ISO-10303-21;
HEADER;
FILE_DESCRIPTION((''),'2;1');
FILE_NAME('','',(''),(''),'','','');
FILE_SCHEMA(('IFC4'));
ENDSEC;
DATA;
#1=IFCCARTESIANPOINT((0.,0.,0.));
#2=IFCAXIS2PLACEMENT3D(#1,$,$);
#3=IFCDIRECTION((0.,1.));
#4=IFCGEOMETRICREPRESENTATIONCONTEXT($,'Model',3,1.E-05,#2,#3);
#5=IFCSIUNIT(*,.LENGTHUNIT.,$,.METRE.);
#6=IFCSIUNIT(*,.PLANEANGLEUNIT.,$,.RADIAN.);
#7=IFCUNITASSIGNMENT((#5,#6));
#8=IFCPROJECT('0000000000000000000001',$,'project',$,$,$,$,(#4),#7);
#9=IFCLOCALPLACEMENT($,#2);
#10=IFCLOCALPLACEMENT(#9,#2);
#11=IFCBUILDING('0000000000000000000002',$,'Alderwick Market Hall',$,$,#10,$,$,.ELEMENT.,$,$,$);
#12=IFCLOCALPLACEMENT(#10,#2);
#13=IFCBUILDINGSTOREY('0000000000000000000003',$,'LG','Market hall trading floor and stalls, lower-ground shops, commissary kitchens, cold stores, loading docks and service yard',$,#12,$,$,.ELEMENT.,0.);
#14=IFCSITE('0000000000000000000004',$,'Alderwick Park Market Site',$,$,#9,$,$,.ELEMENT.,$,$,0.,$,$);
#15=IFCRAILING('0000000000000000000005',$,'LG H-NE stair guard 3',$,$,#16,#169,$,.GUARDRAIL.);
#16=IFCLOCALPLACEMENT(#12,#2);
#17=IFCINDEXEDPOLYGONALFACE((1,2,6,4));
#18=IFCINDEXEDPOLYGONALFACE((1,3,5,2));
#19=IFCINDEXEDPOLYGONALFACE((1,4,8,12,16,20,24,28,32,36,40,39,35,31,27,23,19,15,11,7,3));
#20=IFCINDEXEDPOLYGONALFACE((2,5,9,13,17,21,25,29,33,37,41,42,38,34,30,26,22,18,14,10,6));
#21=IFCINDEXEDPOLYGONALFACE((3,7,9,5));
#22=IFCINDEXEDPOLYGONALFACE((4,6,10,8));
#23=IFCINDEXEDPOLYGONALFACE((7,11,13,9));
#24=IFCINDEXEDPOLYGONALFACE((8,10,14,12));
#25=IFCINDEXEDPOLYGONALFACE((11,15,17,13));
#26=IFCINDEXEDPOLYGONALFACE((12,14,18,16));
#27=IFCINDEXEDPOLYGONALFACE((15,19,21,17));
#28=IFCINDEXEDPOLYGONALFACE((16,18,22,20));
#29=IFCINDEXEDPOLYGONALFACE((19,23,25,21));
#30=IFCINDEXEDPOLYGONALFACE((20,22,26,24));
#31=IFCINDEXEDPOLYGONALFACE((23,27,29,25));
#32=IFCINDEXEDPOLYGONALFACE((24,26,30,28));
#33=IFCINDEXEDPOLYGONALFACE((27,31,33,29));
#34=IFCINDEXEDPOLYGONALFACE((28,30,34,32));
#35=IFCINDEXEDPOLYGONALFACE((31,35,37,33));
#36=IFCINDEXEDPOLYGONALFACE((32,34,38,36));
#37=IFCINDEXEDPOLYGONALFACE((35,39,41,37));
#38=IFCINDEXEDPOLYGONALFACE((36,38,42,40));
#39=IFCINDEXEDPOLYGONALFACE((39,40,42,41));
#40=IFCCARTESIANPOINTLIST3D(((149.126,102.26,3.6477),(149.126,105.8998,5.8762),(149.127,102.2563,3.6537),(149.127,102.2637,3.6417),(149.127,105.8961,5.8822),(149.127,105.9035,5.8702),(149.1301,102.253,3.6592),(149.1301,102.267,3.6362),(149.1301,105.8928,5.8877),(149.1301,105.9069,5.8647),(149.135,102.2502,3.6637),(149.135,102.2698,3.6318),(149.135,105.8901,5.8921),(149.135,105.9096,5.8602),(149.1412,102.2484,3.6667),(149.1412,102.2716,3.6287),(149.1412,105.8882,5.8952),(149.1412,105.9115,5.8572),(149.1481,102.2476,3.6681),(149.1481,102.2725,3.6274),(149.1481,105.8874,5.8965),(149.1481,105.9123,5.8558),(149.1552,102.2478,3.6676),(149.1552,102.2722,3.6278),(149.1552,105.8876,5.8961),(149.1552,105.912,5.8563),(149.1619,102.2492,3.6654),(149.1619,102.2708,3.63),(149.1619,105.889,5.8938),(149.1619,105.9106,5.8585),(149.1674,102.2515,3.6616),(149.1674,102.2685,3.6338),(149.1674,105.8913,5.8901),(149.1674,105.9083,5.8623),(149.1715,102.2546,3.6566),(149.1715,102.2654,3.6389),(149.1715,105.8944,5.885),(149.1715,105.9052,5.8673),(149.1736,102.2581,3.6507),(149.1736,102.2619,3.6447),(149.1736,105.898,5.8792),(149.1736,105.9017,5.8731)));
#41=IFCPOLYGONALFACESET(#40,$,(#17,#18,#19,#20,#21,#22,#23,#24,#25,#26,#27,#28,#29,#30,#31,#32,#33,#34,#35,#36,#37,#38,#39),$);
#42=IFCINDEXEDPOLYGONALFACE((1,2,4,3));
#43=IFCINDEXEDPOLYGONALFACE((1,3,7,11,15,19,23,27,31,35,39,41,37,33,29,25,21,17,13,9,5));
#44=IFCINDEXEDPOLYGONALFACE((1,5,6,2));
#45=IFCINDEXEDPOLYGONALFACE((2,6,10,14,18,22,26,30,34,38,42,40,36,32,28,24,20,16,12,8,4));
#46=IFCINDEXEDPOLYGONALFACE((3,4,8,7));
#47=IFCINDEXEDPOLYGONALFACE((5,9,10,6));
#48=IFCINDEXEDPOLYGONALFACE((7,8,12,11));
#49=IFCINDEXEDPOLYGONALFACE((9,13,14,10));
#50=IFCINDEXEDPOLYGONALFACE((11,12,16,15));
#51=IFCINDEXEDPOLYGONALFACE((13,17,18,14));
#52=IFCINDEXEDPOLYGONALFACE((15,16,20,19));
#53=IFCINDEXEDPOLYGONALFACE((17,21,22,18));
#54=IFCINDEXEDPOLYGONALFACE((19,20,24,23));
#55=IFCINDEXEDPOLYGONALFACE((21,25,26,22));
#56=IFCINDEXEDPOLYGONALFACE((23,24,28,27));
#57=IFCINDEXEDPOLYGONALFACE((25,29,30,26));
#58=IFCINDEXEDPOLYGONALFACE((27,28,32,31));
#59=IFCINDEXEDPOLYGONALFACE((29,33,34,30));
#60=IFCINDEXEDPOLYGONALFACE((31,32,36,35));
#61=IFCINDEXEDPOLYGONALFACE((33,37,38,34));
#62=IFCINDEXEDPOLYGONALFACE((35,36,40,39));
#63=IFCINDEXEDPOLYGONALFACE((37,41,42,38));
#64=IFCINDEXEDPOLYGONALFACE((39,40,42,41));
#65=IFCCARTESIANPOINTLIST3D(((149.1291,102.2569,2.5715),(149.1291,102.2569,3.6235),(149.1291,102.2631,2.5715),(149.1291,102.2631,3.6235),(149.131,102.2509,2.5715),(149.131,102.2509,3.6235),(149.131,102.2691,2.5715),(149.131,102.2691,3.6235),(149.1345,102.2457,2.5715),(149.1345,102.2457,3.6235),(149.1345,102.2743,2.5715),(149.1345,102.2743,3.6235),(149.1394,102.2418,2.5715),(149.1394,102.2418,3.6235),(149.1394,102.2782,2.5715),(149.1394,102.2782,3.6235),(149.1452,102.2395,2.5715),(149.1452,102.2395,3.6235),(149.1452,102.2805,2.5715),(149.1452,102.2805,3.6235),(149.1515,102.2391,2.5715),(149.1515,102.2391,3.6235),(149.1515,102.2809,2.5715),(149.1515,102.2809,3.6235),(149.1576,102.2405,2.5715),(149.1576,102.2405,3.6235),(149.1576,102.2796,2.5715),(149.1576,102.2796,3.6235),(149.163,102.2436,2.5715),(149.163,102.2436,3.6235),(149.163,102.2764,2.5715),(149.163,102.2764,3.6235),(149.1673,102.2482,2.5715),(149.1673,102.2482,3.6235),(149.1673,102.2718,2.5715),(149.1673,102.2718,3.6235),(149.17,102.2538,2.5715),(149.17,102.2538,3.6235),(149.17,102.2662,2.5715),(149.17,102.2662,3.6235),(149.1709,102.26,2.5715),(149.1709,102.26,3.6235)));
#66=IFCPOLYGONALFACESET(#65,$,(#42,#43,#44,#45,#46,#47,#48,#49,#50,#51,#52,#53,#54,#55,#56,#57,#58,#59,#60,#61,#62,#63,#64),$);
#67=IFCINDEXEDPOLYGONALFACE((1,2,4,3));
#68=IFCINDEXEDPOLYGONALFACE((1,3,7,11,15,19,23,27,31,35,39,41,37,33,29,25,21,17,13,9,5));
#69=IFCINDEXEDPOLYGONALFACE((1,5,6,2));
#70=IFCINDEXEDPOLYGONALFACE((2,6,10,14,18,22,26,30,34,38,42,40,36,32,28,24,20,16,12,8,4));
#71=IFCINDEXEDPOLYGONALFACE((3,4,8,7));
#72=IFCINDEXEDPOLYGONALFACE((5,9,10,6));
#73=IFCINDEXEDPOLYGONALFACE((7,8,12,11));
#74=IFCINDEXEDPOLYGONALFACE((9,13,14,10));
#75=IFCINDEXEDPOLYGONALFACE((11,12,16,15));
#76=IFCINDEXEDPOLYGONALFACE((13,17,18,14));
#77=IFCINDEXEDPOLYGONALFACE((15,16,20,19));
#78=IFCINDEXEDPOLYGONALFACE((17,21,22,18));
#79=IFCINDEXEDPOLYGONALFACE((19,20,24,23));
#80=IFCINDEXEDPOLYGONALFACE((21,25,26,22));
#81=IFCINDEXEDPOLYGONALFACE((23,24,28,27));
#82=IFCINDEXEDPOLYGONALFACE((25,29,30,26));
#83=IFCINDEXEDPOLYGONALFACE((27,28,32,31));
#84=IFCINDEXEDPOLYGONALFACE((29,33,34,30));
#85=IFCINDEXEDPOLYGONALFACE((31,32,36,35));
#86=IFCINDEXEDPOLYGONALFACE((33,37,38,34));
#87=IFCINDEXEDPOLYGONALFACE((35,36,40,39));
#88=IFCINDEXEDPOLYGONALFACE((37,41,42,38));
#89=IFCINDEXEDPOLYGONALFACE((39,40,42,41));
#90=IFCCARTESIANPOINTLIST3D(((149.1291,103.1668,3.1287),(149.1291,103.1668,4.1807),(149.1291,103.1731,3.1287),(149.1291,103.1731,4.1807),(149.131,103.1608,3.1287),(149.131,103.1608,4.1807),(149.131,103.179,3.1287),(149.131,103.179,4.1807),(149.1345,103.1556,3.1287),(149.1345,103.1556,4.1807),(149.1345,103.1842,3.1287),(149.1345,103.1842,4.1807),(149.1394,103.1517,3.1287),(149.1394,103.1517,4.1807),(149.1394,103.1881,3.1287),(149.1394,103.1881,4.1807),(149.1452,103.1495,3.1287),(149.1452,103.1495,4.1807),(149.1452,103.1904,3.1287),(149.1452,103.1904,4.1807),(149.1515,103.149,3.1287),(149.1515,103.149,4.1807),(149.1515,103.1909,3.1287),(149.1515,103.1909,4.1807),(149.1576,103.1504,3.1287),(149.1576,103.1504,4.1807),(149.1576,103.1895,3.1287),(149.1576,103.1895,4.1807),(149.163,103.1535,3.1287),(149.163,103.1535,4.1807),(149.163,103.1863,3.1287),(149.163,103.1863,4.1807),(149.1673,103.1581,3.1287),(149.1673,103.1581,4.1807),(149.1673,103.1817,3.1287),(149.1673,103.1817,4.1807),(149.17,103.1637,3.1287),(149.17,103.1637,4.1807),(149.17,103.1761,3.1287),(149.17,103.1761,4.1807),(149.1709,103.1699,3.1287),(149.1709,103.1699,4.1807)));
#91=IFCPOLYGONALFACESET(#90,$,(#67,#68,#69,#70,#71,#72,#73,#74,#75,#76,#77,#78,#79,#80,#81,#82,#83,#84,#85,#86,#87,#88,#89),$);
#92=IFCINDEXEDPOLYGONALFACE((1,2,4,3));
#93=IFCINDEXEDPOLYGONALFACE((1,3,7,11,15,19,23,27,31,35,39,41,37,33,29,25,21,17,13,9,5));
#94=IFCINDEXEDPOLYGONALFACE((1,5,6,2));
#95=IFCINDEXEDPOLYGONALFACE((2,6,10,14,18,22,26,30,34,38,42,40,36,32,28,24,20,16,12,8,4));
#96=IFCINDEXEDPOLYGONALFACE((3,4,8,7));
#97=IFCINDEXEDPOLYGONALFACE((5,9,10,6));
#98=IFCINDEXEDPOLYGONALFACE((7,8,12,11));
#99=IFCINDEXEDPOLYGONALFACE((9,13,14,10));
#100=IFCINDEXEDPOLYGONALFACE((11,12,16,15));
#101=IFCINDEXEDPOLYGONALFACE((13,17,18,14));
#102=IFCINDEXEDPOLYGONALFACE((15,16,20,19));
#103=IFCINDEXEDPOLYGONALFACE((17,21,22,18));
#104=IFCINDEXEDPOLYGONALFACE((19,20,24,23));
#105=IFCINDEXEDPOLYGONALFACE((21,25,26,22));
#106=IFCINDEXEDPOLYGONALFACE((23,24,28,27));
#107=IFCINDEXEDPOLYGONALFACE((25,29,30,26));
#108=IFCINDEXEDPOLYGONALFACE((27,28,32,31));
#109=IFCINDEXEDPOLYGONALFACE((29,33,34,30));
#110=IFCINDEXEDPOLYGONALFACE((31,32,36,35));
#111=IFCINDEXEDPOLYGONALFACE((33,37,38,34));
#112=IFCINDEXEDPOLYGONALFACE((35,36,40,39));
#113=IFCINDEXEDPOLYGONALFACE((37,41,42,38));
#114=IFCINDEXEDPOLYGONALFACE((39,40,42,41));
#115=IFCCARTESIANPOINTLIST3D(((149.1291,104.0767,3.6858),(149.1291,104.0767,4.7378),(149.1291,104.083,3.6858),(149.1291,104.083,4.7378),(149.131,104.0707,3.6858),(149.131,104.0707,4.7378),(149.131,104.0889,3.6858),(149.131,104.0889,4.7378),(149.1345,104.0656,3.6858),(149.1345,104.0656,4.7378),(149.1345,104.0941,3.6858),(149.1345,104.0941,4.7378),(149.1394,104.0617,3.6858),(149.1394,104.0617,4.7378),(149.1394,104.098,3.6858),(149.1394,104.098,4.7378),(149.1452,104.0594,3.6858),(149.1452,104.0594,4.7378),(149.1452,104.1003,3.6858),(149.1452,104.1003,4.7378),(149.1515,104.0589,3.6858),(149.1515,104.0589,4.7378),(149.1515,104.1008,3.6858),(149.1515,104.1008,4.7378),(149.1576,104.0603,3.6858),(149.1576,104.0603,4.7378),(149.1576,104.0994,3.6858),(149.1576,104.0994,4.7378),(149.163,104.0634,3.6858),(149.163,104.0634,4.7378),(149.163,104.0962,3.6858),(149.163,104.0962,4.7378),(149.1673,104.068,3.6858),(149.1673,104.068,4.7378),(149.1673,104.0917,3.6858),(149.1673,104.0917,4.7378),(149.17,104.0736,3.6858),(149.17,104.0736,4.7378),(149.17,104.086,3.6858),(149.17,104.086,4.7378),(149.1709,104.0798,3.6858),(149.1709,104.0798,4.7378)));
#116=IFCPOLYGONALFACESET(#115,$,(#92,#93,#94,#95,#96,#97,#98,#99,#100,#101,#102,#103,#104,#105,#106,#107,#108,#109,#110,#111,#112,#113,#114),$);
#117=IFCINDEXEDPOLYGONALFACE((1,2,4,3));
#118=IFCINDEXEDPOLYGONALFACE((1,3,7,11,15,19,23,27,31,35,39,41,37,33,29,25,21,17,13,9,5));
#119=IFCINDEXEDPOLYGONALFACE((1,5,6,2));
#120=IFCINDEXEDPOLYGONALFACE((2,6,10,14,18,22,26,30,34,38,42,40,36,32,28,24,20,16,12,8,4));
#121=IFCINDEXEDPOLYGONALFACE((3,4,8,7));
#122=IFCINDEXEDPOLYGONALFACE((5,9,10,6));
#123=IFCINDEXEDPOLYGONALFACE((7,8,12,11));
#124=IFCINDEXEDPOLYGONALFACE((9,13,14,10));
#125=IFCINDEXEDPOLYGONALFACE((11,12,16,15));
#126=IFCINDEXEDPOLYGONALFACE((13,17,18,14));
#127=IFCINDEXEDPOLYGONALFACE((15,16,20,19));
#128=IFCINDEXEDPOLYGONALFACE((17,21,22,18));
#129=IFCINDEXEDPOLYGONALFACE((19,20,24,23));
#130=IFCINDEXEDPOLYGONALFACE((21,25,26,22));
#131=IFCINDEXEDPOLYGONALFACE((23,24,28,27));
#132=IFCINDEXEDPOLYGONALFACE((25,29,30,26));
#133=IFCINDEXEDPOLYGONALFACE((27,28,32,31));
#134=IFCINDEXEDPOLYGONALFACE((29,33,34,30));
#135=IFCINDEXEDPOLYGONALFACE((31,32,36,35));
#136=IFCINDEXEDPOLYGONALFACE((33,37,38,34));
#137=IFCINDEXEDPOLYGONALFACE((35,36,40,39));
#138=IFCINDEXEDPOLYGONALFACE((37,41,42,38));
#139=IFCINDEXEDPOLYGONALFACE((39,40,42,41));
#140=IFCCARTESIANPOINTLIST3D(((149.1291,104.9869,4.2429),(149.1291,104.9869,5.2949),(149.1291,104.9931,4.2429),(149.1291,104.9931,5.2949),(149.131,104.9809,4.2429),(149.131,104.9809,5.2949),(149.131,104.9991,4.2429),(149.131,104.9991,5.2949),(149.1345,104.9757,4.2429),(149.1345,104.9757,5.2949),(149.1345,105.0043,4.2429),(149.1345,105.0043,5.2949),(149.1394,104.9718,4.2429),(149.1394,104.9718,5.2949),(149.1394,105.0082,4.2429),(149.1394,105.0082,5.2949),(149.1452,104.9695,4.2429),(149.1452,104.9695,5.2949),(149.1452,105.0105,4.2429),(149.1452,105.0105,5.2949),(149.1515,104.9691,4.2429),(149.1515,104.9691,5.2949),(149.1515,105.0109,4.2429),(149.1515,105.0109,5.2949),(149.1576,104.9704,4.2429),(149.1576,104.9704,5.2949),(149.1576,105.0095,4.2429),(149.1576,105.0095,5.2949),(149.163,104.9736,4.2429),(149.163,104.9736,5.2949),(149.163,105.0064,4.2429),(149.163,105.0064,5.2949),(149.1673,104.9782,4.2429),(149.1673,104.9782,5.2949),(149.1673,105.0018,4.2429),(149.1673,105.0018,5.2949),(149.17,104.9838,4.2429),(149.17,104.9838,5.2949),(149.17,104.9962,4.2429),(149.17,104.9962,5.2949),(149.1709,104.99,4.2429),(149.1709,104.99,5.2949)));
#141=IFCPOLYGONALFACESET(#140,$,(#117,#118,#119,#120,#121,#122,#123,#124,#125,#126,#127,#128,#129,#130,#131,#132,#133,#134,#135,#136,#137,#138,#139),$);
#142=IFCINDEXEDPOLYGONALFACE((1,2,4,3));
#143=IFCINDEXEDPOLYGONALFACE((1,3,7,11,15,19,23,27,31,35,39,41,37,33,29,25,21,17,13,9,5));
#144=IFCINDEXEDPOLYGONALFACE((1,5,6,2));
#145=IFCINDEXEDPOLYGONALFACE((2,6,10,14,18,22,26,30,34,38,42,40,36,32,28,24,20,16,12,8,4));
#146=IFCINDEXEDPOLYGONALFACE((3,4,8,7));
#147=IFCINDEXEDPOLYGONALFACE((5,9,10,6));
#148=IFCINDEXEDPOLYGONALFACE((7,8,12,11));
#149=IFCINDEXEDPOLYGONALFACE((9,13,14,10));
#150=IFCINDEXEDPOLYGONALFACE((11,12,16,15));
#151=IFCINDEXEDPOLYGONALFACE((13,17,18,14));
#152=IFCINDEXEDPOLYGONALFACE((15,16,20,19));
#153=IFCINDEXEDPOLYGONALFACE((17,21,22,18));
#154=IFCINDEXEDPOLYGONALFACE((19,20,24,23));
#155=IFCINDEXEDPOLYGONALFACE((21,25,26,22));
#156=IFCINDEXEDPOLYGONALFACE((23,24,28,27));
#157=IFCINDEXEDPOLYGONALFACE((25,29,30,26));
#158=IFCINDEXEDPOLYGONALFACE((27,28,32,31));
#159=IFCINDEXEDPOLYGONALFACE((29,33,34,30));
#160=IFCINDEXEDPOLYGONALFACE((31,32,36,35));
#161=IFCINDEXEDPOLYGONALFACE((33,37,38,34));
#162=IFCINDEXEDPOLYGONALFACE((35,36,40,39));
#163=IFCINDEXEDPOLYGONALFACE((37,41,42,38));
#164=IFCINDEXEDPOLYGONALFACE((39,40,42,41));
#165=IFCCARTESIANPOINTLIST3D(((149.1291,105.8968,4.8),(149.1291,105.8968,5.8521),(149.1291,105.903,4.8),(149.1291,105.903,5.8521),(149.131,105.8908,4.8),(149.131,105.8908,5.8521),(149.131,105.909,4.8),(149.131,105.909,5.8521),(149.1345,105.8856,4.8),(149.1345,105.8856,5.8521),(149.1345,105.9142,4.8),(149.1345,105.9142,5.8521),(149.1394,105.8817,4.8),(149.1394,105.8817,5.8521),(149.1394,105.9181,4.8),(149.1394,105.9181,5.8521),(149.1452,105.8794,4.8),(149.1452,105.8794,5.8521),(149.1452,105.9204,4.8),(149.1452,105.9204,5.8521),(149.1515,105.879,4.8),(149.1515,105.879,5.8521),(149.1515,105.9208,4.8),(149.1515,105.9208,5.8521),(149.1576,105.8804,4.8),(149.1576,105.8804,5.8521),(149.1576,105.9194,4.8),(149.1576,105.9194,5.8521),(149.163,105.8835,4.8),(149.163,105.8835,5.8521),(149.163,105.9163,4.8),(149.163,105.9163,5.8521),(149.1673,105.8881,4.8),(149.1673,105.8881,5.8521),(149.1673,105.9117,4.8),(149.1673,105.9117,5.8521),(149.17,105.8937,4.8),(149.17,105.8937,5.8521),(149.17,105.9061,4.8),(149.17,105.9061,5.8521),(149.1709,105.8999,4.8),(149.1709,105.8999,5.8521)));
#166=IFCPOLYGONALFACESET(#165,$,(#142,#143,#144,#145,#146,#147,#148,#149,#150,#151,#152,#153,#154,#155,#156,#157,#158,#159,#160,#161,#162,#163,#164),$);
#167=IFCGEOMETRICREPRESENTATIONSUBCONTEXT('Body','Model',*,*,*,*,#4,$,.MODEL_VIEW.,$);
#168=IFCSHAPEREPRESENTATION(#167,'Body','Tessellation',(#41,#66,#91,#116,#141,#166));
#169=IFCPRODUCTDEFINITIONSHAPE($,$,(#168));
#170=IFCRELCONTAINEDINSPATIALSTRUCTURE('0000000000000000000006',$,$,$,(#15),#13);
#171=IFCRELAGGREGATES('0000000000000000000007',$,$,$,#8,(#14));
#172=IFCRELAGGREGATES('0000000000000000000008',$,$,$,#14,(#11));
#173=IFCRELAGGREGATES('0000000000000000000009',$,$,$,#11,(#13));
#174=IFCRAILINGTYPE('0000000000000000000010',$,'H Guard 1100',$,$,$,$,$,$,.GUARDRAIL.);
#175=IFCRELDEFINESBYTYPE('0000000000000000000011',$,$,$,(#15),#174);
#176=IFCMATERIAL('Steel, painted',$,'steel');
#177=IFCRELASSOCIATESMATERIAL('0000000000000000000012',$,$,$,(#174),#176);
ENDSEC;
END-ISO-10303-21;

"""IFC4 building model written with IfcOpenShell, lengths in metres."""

from ifc_helpers import new_model, si_unit, direction, frame, origin, origin_2d, place, context, subcontext, project, spatial, circle, extrude, material, type_object, element, save


model = new_model("IFC4")

# Units and contexts
model_context = context("Model", 3, precision=1e-05, world=origin(), true_north=direction((0.0, 1.0)))
body_context = subcontext(model_context, "Body", "Model", "MODEL_VIEW")
ifc_project = project(units=[si_unit("LENGTHUNIT", "METRE"), si_unit("PLANEANGLEUNIT", "RADIAN")], contexts=[model_context])

# Site, building, storey
site_placement = place(None, origin())
site = spatial("IfcSite", under=ifc_project, at=site_placement, Name="Alderwick Park Market Site", CompositionType="ELEMENT", RefElevation=0.0)
building_placement = place(site_placement, origin())
building = spatial("IfcBuilding", under=site, at=building_placement, Name="Alderwick Market Hall", CompositionType="ELEMENT")
storey_placement = place(building_placement, origin())
storey = spatial("IfcBuildingStorey", under=building, at=storey_placement, Name="LG", Description="Market hall trading floor and stalls, lower-ground shops, commissary kitchens, cold stores, loading docks and service yard", CompositionType="ELEMENT", Elevation=0.0)

# Railing
ifc_material_1 = material(Name="Steel, painted", Category="steel")
railing_type_1 = type_object("IfcRailingType", Name="H Guard 1100", PredefinedType="GUARDRAIL", material=ifc_material_1)
railing_1_placement = place(storey_placement, frame((149.1499, 102.26, 2.5715)))
element("IfcRailing", 1, at=railing_1_placement, inside=storey, type_object=railing_type_1, Name="LG H-NE stair guard 3", PredefinedType="GUARDRAIL", context=body_context, shape_type="SweptSolid", body=[
    extrude(circle(Radius=0.0239, at=origin_2d()), frame((0.0, 0.0, 1.0762), z_axis=(0.0, 0.85285, 0.522156), x_axis=(-1.0, 0.0, 0.0)), (0.0, 0.0, 1.0), 4.2678),
    extrude(circle(Radius=0.021, at=origin_2d()), origin(), (0.0, 0.0, 1.0), 1.052),
    extrude(circle(Radius=0.021, at=origin_2d()), frame((0.0, 0.9099, 0.5571)), (0.0, 0.0, 1.0), 1.052),
    extrude(circle(Radius=0.021, at=origin_2d()), frame((0.0, 1.8198, 1.1143)), (0.0, 0.0, 1.0), 1.052),
    extrude(circle(Radius=0.021, at=origin_2d()), frame((0.0, 2.73, 1.6714)), (0.0, 0.0, 1.0), 1.052),
    extrude(circle(Radius=0.021, at=origin_2d()), frame((0.0, 3.6399, 2.2285)), (0.0, 0.0, 1.0), 1.052),
])

save(model, "model.ifc")
